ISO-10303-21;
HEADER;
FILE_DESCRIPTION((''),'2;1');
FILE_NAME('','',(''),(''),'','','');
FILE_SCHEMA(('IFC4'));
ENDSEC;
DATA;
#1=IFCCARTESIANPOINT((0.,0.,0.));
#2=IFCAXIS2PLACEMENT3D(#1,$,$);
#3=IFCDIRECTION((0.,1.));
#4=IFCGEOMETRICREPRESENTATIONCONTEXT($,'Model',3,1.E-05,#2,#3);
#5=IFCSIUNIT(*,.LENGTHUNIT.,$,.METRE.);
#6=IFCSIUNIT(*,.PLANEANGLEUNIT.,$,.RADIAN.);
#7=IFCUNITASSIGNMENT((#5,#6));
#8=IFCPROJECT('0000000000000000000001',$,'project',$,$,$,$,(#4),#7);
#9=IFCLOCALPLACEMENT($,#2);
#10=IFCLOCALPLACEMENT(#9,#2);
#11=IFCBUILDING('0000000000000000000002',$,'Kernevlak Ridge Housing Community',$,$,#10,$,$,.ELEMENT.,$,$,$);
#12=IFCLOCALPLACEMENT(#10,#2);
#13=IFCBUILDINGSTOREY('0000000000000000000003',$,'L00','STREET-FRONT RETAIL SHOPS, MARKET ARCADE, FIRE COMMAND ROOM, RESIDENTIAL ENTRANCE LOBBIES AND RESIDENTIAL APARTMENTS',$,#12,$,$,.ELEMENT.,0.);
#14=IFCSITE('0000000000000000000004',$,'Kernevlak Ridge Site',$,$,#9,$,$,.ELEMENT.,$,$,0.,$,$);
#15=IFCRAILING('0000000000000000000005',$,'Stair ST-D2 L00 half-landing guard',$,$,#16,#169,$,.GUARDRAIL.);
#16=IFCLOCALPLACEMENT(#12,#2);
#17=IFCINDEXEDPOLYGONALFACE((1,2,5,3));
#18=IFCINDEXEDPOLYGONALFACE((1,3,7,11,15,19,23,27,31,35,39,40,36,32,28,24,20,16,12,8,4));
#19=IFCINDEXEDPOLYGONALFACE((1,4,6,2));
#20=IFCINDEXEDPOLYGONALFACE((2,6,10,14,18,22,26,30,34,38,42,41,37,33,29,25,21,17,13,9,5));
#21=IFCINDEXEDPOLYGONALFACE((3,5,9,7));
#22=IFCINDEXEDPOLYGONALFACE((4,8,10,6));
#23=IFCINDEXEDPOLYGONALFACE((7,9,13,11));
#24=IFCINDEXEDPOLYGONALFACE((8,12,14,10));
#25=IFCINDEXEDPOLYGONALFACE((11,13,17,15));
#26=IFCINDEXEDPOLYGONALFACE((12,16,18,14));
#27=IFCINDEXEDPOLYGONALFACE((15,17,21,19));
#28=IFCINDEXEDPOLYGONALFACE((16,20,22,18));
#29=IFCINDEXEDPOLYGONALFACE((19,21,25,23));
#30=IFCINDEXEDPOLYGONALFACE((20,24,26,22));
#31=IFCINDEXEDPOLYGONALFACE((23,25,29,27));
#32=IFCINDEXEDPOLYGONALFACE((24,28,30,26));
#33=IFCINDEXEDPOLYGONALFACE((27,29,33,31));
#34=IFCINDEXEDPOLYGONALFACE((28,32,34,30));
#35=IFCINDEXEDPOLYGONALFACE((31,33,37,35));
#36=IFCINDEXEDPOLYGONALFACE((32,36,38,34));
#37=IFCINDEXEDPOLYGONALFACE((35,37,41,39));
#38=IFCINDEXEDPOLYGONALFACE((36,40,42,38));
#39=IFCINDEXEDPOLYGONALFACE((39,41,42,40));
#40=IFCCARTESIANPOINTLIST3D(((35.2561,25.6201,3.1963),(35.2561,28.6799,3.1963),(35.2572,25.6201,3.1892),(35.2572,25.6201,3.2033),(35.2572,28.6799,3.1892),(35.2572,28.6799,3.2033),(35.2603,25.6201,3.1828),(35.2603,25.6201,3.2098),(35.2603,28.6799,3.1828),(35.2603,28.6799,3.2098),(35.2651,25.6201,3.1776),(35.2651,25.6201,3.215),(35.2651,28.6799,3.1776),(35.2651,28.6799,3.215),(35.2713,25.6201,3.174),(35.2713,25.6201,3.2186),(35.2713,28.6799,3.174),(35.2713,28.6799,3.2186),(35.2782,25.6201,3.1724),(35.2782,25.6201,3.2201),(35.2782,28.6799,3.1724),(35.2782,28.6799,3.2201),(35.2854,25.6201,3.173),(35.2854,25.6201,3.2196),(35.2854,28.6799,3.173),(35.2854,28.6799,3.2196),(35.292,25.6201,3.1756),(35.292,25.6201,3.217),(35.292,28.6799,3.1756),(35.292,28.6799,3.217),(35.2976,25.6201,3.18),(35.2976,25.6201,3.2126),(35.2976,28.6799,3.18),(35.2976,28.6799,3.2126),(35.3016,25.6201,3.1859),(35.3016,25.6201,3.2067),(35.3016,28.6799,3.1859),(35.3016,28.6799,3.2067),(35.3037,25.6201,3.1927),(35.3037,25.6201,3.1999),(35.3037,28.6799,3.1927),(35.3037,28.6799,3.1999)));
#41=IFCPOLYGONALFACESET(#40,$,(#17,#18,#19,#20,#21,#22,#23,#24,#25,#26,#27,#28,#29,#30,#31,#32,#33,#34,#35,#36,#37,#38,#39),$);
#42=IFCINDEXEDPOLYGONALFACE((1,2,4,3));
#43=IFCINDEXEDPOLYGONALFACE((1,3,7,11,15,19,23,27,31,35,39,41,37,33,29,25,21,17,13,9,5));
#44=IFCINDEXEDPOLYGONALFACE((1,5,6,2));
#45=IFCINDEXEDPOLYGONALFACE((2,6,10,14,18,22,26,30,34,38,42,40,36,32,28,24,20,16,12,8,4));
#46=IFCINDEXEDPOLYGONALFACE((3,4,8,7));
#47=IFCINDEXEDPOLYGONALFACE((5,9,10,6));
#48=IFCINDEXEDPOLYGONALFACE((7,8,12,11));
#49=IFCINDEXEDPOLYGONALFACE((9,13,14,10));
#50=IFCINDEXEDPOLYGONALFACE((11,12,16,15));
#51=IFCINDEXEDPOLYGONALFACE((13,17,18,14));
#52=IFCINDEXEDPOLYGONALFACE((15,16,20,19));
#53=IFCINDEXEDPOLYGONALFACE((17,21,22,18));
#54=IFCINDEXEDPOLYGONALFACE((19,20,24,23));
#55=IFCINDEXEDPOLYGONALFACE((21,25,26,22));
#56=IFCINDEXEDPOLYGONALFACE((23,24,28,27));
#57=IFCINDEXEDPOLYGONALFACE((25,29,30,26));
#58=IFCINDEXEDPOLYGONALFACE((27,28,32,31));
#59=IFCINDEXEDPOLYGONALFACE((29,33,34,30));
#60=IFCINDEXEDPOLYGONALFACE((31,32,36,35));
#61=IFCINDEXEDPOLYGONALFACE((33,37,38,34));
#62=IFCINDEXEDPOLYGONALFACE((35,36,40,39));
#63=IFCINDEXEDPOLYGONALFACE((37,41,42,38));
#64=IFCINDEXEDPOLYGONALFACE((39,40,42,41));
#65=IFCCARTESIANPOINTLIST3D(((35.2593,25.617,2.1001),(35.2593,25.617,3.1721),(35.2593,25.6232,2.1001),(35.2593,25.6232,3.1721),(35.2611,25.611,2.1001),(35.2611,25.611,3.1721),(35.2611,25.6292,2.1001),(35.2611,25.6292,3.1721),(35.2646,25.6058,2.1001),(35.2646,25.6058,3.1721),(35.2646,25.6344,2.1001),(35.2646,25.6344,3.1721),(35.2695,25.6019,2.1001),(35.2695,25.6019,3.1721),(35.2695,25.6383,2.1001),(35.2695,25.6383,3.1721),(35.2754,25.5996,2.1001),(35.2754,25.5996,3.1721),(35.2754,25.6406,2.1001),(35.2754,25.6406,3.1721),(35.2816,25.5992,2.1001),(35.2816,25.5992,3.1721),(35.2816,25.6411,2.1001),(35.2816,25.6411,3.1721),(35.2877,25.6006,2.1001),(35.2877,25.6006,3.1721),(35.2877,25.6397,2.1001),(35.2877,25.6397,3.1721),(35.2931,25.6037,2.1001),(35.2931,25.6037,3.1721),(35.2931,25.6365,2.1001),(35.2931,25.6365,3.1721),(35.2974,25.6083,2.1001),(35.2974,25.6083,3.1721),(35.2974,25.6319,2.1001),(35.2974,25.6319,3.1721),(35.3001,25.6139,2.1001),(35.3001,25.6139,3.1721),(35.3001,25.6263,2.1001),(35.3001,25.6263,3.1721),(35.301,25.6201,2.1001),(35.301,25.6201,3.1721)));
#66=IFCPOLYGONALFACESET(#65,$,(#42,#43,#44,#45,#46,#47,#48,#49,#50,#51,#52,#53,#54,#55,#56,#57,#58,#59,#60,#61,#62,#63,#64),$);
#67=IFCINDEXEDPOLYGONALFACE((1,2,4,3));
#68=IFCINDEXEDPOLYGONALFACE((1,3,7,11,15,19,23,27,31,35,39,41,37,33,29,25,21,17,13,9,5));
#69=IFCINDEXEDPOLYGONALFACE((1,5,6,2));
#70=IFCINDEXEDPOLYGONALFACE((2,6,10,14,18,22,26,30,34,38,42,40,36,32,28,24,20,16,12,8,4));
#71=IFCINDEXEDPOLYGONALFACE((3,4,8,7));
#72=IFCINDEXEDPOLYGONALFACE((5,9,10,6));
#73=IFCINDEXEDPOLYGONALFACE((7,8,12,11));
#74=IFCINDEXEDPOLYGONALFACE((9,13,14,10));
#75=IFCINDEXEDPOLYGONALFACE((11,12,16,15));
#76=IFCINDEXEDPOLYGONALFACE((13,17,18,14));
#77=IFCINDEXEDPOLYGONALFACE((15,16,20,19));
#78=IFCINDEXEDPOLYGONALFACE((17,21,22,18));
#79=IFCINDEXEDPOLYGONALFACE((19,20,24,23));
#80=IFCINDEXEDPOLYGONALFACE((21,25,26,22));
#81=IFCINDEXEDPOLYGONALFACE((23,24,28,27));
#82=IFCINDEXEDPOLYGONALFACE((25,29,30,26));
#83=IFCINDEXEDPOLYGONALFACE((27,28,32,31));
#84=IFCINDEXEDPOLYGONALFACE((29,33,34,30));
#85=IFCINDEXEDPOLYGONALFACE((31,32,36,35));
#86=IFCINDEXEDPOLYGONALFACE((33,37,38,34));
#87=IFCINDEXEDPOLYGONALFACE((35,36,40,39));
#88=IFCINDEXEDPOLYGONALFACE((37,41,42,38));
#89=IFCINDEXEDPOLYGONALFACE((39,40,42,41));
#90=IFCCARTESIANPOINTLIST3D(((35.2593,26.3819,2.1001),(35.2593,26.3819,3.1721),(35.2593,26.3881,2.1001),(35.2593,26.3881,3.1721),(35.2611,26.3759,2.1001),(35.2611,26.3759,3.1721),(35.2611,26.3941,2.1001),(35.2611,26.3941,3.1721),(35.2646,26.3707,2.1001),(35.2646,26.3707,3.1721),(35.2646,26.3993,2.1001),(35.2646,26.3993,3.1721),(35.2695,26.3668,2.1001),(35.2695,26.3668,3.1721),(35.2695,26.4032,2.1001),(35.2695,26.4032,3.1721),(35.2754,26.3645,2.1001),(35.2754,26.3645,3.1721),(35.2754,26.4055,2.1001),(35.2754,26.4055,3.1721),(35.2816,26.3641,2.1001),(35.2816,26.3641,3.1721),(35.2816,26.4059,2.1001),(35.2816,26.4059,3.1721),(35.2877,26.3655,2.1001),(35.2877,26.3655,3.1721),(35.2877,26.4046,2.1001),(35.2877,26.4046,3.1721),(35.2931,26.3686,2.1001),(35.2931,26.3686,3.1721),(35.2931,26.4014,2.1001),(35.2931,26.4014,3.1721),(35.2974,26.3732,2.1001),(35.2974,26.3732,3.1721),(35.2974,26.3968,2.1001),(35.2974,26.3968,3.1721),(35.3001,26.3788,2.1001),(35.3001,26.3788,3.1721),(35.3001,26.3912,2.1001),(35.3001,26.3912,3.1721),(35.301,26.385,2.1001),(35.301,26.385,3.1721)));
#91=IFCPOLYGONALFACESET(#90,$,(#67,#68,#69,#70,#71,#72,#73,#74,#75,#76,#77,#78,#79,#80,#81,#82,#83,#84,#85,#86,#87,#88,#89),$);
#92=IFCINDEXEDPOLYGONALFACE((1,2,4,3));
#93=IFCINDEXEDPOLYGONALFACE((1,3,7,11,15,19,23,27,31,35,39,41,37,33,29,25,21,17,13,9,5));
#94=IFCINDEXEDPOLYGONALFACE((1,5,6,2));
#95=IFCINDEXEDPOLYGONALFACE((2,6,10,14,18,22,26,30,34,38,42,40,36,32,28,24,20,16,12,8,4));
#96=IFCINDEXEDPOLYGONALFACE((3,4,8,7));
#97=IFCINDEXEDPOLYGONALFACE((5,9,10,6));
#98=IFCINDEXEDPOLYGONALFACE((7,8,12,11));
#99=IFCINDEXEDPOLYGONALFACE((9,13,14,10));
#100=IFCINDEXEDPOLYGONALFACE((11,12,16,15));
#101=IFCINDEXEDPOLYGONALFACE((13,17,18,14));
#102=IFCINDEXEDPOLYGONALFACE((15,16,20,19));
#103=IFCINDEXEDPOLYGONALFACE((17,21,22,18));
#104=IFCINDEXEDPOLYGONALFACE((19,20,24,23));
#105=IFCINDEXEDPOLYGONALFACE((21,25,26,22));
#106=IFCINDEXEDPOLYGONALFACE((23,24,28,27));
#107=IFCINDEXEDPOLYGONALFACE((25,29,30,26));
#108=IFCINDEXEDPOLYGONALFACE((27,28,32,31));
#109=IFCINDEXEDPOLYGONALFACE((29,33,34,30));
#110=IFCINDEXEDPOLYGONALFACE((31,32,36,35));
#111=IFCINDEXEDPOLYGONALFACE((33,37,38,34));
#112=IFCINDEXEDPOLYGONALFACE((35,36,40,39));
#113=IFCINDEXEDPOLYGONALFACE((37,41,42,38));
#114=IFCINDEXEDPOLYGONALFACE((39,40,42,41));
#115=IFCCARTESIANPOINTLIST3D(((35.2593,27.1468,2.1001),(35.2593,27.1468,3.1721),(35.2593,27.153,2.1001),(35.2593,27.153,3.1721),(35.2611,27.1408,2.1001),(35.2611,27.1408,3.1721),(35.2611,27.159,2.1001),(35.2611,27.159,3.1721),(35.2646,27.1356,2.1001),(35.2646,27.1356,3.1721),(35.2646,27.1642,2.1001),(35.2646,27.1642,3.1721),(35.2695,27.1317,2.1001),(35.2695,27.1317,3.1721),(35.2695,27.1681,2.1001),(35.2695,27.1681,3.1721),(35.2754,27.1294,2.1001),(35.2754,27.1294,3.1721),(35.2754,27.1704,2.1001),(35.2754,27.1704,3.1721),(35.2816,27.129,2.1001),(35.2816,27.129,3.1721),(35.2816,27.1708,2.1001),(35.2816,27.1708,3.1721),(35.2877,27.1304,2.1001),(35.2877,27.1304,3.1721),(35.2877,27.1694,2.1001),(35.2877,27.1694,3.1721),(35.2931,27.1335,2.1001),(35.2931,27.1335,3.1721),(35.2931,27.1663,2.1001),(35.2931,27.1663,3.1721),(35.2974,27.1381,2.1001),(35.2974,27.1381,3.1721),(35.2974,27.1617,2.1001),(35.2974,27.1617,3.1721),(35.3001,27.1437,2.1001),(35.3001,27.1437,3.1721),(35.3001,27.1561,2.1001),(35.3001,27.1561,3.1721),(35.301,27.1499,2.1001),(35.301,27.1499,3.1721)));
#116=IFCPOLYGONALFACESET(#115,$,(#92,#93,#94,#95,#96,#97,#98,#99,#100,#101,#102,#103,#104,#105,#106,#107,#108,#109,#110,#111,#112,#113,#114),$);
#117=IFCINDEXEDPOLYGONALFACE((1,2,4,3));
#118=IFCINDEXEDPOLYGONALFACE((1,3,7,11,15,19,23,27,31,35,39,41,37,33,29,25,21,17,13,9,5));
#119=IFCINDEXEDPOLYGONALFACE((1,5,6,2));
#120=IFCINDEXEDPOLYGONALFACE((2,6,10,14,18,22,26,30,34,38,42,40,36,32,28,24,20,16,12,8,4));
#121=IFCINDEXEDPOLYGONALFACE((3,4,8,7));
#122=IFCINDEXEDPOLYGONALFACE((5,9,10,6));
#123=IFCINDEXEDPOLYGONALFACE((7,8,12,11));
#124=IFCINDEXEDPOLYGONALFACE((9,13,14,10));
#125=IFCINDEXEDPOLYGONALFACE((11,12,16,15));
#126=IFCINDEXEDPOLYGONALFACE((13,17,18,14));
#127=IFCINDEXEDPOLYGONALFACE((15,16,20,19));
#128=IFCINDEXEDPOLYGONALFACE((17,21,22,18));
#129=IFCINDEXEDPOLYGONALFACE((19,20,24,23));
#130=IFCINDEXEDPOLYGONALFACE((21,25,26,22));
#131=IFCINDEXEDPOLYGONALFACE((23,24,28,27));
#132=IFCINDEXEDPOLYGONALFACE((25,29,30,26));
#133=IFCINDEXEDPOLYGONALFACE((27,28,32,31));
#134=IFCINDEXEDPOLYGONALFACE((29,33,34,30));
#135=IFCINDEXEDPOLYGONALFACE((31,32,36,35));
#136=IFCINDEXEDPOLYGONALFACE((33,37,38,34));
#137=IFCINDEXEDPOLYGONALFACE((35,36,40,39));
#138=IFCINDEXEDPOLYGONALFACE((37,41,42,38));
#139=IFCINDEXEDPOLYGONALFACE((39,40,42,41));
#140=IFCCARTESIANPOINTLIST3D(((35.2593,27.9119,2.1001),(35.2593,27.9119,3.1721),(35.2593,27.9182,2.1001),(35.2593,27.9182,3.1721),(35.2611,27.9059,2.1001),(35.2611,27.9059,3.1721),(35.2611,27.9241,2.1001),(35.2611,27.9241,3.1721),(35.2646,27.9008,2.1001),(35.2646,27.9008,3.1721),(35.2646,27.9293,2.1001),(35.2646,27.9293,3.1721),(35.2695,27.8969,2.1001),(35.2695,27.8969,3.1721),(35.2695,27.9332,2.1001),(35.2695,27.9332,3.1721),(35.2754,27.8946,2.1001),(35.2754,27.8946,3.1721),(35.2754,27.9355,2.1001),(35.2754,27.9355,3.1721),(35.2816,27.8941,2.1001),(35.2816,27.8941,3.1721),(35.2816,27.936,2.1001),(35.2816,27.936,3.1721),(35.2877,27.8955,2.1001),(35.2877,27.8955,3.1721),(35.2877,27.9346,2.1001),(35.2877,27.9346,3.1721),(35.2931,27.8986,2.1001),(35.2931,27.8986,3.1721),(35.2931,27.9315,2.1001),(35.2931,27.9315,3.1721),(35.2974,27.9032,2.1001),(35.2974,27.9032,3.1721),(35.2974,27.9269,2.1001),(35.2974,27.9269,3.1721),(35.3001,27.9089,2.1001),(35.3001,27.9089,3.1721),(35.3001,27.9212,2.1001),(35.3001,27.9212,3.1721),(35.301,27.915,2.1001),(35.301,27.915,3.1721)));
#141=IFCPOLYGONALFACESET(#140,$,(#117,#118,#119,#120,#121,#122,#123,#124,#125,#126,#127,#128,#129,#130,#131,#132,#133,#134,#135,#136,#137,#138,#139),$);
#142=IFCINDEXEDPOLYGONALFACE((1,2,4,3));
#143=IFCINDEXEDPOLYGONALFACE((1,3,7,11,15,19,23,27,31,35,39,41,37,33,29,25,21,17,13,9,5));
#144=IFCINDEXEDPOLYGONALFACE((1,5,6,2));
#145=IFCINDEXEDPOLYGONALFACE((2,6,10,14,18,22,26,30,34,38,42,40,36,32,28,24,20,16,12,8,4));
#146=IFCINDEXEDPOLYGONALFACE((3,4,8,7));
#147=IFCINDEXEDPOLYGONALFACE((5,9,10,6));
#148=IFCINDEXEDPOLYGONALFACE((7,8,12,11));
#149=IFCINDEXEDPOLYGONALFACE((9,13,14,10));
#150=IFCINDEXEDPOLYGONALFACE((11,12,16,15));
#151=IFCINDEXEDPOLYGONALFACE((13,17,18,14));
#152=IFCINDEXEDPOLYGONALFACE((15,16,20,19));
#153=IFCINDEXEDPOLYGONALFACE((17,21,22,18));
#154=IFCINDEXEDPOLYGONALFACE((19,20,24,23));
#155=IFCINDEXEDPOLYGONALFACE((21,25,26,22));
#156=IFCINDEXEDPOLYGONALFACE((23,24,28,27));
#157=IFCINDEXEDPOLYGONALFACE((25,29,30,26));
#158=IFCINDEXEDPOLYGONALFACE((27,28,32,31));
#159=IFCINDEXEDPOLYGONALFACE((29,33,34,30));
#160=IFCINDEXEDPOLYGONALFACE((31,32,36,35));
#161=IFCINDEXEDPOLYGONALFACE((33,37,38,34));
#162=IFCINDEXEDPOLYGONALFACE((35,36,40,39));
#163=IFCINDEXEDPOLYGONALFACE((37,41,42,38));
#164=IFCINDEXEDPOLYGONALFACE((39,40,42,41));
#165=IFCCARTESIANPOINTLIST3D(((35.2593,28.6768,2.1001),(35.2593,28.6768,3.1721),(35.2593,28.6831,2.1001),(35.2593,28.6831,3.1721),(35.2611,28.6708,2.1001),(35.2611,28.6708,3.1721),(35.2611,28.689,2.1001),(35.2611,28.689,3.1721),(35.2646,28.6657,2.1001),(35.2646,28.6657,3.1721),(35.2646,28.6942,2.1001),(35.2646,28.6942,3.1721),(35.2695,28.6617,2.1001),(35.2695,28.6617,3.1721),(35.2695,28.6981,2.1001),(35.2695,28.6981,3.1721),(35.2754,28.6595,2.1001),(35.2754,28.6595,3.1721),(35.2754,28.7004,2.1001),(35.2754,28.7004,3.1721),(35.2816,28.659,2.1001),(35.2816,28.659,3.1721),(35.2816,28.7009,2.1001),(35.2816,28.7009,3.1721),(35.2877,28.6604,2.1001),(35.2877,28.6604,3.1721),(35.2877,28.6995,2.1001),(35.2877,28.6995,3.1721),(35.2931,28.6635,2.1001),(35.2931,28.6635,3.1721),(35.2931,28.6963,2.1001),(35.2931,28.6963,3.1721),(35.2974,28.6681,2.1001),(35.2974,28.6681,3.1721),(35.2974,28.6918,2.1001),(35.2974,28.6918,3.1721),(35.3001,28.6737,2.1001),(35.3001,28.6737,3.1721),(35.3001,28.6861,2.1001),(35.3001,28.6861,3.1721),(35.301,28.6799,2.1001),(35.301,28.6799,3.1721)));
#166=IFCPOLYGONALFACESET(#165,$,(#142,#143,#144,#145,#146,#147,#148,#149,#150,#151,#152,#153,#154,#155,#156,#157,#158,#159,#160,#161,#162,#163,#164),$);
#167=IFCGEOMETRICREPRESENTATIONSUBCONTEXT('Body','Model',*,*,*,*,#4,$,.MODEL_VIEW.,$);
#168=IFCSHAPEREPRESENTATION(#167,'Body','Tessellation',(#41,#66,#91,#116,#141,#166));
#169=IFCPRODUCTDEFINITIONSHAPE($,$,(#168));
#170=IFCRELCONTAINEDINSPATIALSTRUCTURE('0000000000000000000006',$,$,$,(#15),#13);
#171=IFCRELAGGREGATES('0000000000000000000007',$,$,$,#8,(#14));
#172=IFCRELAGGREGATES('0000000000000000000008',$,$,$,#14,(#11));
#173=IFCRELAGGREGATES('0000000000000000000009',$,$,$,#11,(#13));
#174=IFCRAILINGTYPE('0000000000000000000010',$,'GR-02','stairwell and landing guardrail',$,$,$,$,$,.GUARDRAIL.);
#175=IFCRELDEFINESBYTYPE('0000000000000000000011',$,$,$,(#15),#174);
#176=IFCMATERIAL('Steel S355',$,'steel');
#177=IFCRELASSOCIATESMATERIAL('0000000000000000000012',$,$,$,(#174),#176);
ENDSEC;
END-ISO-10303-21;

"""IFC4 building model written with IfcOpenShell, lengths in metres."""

from ifc_helpers import new_model, si_unit, direction, frame, origin, origin_2d, place, context, subcontext, project, spatial, circle, extrude, material, type_object, element, save


model = new_model("IFC4")

# Units and contexts
model_context = context("Model", 3, precision=1e-05, world=origin(), true_north=direction((0.0, 1.0)))
body_context = subcontext(model_context, "Body", "Model", "MODEL_VIEW")
ifc_project = project(units=[si_unit("LENGTHUNIT", "METRE"), si_unit("PLANEANGLEUNIT", "RADIAN")], contexts=[model_context])

# Site, building, storey
site_placement = place(None, origin())
site = spatial("IfcSite", under=ifc_project, at=site_placement, Name="Kernevlak Ridge Site", CompositionType="ELEMENT", RefElevation=0.0)
building_placement = place(site_placement, origin())
building = spatial("IfcBuilding", under=site, at=building_placement, Name="Kernevlak Ridge Housing Community", CompositionType="ELEMENT")
storey_placement = place(building_placement, origin())
storey = spatial("IfcBuildingStorey", under=building, at=storey_placement, Name="L00", Description="STREET-FRONT RETAIL SHOPS, MARKET ARCADE, FIRE COMMAND ROOM, RESIDENTIAL ENTRANCE LOBBIES AND RESIDENTIAL APARTMENTS", CompositionType="ELEMENT", Elevation=0.0)

# Railing
ifc_material_1 = material(Name="Steel S355", Category="steel")
railing_type_1 = type_object("IfcRailingType", Name="GR-02", Description="stairwell and landing guardrail", PredefinedType="GUARDRAIL", material=ifc_material_1)
railing_1_placement = place(storey_placement, frame((35.28, 25.6201, 2.1001)))
element("IfcRailing", 1, at=railing_1_placement, inside=storey, type_object=railing_type_1, Name="Stair ST-D2 L00 half-landing guard", PredefinedType="GUARDRAIL", context=body_context, shape_type="SweptSolid", body=[
    extrude(circle(Radius=0.0239, at=origin_2d()), frame((0.0, 0.0, 1.0962), z_axis=(0.0, 1.0, 0.0), x_axis=(-1.0, 0.0, 0.0)), (0.0, 0.0, 1.0), 3.0598),
    extrude(circle(Radius=0.021, at=origin_2d()), origin(), (0.0, 0.0, 1.0), 1.072),
    extrude(circle(Radius=0.021, at=origin_2d()), frame((0.0, 0.7649, 0.0)), (0.0, 0.0, 1.0), 1.072),
    extrude(circle(Radius=0.021, at=origin_2d()), frame((0.0, 1.5298, 0.0)), (0.0, 0.0, 1.0), 1.072),
    extrude(circle(Radius=0.021, at=origin_2d()), frame((0.0, 2.2949, 0.0)), (0.0, 0.0, 1.0), 1.072),
    extrude(circle(Radius=0.021, at=origin_2d()), frame((0.0, 3.0598, 0.0)), (0.0, 0.0, 1.0), 1.072),
])

save(model, "model.ifc")
